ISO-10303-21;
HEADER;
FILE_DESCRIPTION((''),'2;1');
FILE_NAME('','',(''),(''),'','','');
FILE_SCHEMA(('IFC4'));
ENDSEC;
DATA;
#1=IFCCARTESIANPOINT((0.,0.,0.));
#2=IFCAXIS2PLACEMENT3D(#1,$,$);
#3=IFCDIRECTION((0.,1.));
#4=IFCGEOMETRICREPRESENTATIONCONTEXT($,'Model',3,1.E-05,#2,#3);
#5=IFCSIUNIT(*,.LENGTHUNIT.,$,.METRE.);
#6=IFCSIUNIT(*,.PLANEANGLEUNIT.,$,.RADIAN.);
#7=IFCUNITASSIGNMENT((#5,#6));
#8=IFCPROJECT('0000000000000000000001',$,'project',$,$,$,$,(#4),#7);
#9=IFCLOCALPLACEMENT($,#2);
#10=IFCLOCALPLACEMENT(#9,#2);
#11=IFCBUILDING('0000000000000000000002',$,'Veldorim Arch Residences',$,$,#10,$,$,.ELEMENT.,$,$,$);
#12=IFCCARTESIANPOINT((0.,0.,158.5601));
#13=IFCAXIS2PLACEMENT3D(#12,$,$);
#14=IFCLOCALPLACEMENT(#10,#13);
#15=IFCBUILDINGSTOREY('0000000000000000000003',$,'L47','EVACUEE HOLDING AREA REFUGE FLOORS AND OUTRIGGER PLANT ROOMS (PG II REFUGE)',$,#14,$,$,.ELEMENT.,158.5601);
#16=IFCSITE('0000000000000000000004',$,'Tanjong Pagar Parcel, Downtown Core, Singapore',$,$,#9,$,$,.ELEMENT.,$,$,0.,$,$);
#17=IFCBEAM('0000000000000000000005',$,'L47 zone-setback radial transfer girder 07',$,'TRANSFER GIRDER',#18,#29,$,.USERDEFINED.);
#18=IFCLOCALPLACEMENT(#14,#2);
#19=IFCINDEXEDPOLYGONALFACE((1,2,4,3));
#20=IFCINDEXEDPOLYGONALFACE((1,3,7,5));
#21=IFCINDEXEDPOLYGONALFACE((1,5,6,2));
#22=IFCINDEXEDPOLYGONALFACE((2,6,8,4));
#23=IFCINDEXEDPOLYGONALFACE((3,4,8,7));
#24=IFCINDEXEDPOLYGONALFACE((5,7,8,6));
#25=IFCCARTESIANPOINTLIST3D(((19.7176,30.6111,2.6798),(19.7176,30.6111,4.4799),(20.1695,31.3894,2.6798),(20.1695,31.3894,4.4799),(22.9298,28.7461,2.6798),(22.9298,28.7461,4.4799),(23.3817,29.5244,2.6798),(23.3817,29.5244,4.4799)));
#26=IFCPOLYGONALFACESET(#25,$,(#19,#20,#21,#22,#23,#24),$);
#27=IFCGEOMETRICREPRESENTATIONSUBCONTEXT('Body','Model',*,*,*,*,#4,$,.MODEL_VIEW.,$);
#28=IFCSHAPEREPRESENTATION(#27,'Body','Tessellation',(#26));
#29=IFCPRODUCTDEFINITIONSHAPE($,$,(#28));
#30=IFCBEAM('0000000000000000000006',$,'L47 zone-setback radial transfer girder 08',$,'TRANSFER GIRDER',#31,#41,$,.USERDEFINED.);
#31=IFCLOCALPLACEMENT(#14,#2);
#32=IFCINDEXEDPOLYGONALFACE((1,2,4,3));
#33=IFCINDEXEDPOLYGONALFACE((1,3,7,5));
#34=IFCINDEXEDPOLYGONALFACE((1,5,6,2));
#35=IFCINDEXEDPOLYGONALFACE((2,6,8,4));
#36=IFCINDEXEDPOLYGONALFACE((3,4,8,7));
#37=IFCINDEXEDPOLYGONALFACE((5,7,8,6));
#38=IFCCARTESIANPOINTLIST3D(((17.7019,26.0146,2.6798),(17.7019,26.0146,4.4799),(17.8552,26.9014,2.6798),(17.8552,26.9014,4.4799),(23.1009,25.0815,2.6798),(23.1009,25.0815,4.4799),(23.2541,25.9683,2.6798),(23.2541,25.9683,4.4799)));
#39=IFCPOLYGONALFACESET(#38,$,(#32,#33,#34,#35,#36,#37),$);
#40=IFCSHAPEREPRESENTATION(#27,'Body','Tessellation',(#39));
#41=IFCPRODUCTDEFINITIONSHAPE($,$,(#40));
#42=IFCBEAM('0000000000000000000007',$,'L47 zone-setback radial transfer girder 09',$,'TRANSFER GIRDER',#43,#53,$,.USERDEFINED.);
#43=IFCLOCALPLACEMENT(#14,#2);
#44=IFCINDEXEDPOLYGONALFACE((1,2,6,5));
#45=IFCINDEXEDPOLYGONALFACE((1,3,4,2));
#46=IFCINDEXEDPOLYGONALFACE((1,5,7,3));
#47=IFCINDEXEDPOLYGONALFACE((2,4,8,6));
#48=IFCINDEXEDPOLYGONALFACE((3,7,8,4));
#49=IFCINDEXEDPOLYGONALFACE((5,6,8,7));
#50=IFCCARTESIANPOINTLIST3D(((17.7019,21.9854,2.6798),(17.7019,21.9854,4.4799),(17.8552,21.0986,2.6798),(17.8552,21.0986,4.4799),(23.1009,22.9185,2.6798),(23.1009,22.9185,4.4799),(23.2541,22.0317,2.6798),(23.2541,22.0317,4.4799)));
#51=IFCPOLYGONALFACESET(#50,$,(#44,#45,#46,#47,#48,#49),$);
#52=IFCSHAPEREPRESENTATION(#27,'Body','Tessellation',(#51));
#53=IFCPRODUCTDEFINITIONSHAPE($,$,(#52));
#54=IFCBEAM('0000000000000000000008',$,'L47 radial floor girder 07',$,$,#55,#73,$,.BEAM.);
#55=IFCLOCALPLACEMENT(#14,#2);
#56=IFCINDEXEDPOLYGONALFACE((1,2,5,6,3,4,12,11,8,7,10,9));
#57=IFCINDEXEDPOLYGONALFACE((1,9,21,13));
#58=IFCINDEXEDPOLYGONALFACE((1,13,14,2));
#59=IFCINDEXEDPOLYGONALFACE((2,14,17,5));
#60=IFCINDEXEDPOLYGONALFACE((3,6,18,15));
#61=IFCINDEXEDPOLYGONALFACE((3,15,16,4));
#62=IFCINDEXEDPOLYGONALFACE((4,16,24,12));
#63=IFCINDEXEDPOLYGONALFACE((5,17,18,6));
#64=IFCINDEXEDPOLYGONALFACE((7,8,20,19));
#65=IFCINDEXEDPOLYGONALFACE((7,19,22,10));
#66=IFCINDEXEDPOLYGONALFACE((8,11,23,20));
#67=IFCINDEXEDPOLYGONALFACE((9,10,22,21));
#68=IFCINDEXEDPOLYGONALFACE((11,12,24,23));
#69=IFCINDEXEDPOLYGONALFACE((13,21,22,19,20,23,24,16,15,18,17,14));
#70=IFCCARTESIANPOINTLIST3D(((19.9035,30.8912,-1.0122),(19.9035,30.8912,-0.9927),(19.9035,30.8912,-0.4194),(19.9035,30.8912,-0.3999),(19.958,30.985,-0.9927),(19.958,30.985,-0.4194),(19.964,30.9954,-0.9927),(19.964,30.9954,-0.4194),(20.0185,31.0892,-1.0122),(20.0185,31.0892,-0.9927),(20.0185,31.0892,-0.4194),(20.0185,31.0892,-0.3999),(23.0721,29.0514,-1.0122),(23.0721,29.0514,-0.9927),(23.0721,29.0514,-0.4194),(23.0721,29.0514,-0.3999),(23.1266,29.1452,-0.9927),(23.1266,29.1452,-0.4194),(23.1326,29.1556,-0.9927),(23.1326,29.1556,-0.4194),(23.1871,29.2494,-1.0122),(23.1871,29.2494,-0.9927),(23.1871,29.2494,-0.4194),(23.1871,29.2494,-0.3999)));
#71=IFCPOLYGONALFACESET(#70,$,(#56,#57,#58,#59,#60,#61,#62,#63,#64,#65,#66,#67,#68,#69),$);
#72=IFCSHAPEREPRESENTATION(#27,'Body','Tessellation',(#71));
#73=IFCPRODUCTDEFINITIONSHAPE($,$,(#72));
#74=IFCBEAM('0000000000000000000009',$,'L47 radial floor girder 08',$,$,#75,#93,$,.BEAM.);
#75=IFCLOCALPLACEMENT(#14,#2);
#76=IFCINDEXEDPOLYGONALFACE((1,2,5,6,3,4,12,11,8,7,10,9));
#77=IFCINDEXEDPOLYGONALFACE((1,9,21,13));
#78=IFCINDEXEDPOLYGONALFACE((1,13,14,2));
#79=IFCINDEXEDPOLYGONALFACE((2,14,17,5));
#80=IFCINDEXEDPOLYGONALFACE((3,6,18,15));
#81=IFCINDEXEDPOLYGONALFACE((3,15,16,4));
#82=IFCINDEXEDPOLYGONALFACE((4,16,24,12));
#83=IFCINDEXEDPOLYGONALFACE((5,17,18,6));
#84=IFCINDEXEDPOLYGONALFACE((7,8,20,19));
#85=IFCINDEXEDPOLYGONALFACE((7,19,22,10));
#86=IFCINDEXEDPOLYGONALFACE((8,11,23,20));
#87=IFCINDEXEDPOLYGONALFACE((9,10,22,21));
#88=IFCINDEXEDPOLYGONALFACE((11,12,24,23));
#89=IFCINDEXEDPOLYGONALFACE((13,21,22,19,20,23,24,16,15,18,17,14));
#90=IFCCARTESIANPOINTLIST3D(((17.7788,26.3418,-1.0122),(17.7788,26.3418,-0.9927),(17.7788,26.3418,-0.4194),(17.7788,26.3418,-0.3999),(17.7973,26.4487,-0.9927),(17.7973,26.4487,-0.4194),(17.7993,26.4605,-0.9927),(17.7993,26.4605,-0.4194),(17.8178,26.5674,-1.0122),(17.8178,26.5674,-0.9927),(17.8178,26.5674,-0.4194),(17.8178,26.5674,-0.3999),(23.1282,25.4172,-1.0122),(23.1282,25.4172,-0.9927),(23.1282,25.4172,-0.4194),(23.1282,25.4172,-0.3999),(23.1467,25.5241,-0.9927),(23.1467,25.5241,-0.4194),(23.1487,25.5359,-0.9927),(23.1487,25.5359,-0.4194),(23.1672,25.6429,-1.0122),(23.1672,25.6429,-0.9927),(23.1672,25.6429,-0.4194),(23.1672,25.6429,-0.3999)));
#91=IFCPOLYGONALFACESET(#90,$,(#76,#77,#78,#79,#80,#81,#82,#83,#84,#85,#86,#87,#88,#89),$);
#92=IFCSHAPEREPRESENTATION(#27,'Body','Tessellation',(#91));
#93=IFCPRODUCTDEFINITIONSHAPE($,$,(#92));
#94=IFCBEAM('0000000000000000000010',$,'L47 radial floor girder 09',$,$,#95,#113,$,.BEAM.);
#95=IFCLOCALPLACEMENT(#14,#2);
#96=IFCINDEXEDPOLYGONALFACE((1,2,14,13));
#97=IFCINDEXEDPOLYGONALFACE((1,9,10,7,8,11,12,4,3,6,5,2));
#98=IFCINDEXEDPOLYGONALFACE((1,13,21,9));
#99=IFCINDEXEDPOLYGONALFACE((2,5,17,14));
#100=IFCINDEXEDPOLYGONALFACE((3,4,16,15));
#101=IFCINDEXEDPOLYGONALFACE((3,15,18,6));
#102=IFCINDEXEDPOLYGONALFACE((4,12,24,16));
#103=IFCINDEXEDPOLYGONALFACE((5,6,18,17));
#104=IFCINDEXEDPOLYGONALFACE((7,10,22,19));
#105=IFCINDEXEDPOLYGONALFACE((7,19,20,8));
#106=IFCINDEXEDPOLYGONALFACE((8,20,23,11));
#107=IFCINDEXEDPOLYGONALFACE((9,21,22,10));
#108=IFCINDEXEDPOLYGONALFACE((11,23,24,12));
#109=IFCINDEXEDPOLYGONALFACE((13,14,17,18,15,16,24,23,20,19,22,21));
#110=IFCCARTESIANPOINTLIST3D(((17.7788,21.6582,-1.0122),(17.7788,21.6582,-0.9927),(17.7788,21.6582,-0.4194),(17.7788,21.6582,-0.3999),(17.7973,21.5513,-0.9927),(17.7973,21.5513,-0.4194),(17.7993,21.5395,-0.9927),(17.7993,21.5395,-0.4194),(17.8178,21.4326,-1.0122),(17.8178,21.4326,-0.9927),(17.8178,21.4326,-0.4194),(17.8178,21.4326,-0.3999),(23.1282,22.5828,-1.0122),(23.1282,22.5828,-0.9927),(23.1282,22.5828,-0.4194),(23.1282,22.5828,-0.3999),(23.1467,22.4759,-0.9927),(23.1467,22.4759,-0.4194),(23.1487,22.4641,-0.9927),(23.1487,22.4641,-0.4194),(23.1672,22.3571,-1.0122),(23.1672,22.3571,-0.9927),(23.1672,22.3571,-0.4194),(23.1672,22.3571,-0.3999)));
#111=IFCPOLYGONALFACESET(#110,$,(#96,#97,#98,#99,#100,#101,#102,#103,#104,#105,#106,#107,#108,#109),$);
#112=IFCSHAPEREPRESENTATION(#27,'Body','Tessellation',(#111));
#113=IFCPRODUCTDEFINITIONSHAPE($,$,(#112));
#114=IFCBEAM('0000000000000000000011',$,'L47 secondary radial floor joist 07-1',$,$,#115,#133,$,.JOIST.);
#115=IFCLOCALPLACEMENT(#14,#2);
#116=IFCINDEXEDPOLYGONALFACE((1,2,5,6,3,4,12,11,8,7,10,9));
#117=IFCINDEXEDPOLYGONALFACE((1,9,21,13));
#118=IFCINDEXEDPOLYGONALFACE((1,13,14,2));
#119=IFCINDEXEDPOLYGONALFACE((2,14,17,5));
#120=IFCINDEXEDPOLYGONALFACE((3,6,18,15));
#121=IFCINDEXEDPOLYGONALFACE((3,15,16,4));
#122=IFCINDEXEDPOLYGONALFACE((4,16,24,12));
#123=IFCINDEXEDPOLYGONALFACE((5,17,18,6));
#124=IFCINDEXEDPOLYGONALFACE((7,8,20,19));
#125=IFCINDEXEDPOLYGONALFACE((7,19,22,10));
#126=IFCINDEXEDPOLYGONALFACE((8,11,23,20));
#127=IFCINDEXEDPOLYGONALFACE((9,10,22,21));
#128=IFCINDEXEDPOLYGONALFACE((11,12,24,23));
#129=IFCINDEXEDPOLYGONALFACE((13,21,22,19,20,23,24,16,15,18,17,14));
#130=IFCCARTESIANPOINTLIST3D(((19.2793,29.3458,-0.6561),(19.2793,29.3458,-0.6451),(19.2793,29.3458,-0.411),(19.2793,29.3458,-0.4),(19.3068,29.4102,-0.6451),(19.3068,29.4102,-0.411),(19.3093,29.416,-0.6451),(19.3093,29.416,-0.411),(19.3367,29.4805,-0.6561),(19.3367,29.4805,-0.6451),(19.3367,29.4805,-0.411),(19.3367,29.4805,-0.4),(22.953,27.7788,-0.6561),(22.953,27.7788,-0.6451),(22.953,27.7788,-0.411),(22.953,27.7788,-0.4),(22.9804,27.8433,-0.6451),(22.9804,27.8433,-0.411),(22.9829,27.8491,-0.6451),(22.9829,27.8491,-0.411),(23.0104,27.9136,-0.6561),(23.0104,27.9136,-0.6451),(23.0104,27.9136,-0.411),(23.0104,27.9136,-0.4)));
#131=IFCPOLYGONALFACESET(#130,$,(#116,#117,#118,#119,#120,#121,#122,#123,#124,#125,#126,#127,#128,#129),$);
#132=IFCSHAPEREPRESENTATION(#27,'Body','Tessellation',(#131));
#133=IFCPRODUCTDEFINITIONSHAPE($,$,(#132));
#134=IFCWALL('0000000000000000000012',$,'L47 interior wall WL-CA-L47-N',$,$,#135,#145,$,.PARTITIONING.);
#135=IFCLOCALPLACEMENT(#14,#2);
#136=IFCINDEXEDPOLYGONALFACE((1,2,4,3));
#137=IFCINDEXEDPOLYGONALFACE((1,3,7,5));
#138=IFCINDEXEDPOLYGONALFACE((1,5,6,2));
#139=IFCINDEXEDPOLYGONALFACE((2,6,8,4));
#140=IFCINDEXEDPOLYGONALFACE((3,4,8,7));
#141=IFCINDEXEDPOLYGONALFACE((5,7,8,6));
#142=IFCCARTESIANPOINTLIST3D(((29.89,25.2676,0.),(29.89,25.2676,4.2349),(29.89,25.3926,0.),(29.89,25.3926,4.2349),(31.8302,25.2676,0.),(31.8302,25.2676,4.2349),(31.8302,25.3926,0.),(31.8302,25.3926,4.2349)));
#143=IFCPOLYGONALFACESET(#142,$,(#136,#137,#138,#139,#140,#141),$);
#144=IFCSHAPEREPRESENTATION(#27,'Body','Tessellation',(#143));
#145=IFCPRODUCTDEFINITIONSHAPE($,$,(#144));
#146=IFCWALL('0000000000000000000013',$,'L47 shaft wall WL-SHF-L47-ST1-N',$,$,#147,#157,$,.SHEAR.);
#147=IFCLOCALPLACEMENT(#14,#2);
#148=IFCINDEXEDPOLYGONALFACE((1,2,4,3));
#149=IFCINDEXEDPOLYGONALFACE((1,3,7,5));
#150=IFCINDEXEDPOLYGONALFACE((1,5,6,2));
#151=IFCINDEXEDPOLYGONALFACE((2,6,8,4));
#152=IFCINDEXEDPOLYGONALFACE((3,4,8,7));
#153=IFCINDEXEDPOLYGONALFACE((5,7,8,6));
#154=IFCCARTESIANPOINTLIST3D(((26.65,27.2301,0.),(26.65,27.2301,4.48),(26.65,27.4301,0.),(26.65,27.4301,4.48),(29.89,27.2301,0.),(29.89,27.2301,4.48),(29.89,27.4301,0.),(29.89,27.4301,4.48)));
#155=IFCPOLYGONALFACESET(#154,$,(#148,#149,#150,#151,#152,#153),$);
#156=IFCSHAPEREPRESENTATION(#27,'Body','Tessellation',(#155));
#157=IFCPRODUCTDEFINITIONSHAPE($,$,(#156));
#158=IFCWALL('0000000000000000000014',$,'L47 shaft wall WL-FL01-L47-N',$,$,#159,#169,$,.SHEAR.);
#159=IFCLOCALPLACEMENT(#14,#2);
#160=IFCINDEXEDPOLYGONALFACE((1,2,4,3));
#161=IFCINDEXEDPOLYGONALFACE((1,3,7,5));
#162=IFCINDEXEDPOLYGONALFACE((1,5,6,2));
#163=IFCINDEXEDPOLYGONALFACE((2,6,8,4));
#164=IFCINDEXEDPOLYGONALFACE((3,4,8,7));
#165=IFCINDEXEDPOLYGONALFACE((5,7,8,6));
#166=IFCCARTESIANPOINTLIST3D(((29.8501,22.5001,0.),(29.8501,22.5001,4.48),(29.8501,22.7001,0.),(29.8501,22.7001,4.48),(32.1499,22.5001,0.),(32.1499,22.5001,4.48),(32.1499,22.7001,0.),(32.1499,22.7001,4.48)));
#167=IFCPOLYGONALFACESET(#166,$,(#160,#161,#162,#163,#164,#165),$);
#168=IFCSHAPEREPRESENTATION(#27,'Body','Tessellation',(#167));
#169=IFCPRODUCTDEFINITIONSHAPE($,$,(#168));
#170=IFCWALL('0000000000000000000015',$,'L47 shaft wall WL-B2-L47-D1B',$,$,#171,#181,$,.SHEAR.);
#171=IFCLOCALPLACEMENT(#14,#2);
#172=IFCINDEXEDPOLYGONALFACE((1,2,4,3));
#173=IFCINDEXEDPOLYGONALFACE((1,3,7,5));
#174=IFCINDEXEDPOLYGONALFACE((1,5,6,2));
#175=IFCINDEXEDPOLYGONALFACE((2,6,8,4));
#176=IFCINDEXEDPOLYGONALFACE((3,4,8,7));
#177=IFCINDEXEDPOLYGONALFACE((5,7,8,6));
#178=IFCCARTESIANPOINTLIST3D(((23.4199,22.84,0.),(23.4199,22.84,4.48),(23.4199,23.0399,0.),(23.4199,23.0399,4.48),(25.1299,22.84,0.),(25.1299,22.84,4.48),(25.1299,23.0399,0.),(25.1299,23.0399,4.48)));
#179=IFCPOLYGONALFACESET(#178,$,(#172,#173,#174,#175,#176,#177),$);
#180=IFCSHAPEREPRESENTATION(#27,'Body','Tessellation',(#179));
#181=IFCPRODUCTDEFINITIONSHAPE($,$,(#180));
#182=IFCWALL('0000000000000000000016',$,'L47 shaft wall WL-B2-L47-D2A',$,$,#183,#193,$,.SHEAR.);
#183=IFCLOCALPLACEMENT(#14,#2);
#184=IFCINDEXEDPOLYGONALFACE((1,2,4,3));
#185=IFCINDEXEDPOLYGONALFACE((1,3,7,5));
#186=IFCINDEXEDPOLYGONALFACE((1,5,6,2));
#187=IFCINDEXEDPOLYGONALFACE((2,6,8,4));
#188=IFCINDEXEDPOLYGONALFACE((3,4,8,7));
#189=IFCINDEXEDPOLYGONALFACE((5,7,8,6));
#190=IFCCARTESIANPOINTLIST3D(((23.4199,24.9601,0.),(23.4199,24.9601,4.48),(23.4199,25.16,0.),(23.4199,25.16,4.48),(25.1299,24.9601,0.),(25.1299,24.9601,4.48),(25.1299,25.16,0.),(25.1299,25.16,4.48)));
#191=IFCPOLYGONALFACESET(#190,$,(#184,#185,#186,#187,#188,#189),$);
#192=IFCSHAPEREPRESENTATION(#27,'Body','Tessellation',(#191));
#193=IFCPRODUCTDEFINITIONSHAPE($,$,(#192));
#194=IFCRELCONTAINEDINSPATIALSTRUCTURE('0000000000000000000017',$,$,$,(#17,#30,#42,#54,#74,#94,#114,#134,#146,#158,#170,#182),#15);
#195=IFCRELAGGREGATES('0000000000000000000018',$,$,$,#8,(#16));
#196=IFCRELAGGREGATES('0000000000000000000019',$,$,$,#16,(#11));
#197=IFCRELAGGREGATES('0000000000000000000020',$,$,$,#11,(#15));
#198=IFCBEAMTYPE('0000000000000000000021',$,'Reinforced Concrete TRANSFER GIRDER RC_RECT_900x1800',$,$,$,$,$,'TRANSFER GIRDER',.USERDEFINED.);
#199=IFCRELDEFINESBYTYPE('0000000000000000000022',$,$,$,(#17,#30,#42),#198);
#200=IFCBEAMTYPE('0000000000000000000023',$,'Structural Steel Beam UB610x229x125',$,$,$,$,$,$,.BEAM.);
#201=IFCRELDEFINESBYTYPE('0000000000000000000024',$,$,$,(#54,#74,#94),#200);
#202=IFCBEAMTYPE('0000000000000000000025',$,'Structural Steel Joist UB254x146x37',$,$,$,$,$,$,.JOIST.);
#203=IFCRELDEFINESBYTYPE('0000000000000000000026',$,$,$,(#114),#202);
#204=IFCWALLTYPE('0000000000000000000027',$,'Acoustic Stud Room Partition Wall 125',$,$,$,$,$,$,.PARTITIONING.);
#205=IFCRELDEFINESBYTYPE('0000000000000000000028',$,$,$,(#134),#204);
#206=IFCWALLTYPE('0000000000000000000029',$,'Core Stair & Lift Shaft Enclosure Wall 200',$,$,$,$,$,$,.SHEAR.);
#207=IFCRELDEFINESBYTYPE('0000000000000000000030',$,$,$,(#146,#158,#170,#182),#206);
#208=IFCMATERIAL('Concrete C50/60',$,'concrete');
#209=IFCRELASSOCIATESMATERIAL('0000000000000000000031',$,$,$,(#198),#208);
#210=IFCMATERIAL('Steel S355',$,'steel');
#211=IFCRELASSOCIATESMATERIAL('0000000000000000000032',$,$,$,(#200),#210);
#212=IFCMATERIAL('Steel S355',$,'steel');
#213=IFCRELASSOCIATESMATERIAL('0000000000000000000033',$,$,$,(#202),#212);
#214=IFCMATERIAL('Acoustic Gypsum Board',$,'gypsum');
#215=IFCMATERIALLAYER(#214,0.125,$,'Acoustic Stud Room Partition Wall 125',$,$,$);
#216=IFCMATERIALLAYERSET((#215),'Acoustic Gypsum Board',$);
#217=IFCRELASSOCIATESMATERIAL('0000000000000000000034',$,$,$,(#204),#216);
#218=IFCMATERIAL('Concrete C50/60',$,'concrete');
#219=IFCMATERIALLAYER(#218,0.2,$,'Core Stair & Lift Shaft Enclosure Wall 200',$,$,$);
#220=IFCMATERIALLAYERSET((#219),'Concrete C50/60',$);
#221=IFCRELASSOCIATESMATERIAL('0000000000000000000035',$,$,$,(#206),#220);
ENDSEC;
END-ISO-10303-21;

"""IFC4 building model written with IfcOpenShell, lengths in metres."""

from ifc_helpers import new_model, si_unit, direction, frame, frame_2d, origin, origin_2d, place, context, subcontext, project, spatial, rectangle, i_section, extrude, material, layer, layer_set, material_profile, profile_set, type_object, element, save


model = new_model("IFC4")

# Units and contexts
model_context = context("Model", 3, precision=1e-05, world=origin(), true_north=direction((0.0, 1.0)))
body_context = subcontext(model_context, "Body", "Model", "MODEL_VIEW")
ifc_project = project(units=[si_unit("LENGTHUNIT", "METRE"), si_unit("PLANEANGLEUNIT", "RADIAN")], contexts=[model_context])

# Site, building, storey
site_placement = place(None, origin())
site = spatial("IfcSite", under=ifc_project, at=site_placement, Name="Tanjong Pagar Parcel, Downtown Core, Singapore", CompositionType="ELEMENT", RefElevation=0.0)
building_placement = place(site_placement, origin())
building = spatial("IfcBuilding", under=site, at=building_placement, Name="Veldorim Arch Residences", CompositionType="ELEMENT")
storey_placement = place(building_placement, frame((0.0, 0.0, 158.5601)))
storey = spatial("IfcBuildingStorey", under=building, at=storey_placement, Name="L47", Description="EVACUEE HOLDING AREA REFUGE FLOORS AND OUTRIGGER PLANT ROOMS (PG II REFUGE)", CompositionType="ELEMENT", Elevation=158.5601)

# Beams
ifc_material_1 = material(Name="Concrete C50/60", Category="concrete")
ifc_material_profile_1 = material_profile(ifc_material_1, rectangle(XDim=0.8999, YDim=1.8, at=origin_2d()), Name="RC_RECT_900x1800")
ifc_profile_set_1 = profile_set([ifc_material_profile_1], Name="Concrete C50/60")
beam_type_1 = type_object("IfcBeamType", Name="Reinforced Concrete TRANSFER GIRDER RC_RECT_900x1800", ElementType="TRANSFER GIRDER", PredefinedType="USERDEFINED", material=ifc_profile_set_1)
beam_1_placement = place(storey_placement, frame((23.1558, 29.1353, 3.5798), z_axis=(-0.864805, 0.502109, 0.0), x_axis=(-0.502109, -0.864805, 0.0)))
element("IfcBeam", 1, at=beam_1_placement, inside=storey, type_object=beam_type_1, Name="L47 zone-setback radial transfer girder 07", ObjectType="TRANSFER GIRDER", PredefinedType="USERDEFINED", context=body_context, shape_type="SweptSolid", body=[
    extrude(rectangle(XDim=0.8999, YDim=1.8, at=origin_2d()), origin(), (0.0, 0.0, 1.0), 3.7144),
])
for number, where, z_axis, x_axis, name in (
    (2, (23.1775, 25.5249, 3.5798), (-0.985391, 0.170307, 0.0), (-0.170307, -0.985391, 0.0), "L47 zone-setback radial transfer girder 08"),
    (3, (23.1775, 22.4751, 3.5798), (-0.985391, -0.170307, 0.0), (0.170307, -0.985391, 0.0), "L47 zone-setback radial transfer girder 09"),
):
    element("IfcBeam", number, at=place(storey_placement, frame(where, z_axis=z_axis, x_axis=x_axis)), inside=storey, type_object=beam_type_1, Name=name, ObjectType="TRANSFER GIRDER", PredefinedType="USERDEFINED", context=body_context, shape_type="SweptSolid", body=[
        extrude(rectangle(XDim=0.8999, YDim=1.8, at=origin_2d()), origin(), (0.0, 0.0, 1.0), 5.479),
    ])
ifc_material_2 = material(Name="Steel S355", Category="steel")
ifc_material_profile_2 = material_profile(ifc_material_2, i_section(OverallWidth=0.229, OverallDepth=0.6123, WebThickness=0.012, FlangeThickness=0.0195, at=origin_2d()), Name="UB610x229x125")
ifc_profile_set_2 = profile_set([ifc_material_profile_2], Name="Steel S355")
beam_type_2 = type_object("IfcBeamType", Name="Structural Steel Beam UB610x229x125", PredefinedType="BEAM", material=ifc_profile_set_2)
beam_2_placement = place(storey_placement, frame((23.1296, 29.1504, -0.7061), z_axis=(-0.864795, 0.502126, 0.0), x_axis=(-0.502126, -0.864795, 0.0)))
element("IfcBeam", 4, at=beam_2_placement, inside=storey, type_object=beam_type_2, Name="L47 radial floor girder 07", PredefinedType="BEAM", context=body_context, shape_type="SweptSolid", body=[
    extrude(i_section(OverallWidth=0.229, OverallDepth=0.6123, WebThickness=0.012, FlangeThickness=0.0195, at=origin_2d()), origin(), (0.0, 0.0, 1.0), 3.6641),
])
for number, where, z_axis, x_axis, name in (
    (5, (23.1477, 25.53, -0.7061), (-0.98539, 0.170311, 0.0), (-0.170311, -0.98539, 0.0), "L47 radial floor girder 08"),
    (6, (23.1477, 22.47, -0.7061), (-0.98539, -0.170311, 0.0), (0.170311, -0.98539, 0.0), "L47 radial floor girder 09"),
):
    element("IfcBeam", number, at=place(storey_placement, frame(where, z_axis=z_axis, x_axis=x_axis)), inside=storey, type_object=beam_type_2, Name=name, PredefinedType="BEAM", context=body_context, shape_type="SweptSolid", body=[
        extrude(i_section(OverallWidth=0.229, OverallDepth=0.6123, WebThickness=0.012, FlangeThickness=0.0195, at=origin_2d()), origin(), (0.0, 0.0, 1.0), 5.4287),
    ])
ifc_material_3 = material(Name="Steel S355", Category="steel")
ifc_material_profile_3 = material_profile(ifc_material_3, i_section(OverallWidth=0.1465, OverallDepth=0.2561, WebThickness=0.0063, FlangeThickness=0.011, at=origin_2d()), Name="UB254x146x37")
ifc_profile_set_3 = profile_set([ifc_material_profile_3], Name="Steel S355")
beam_type_3 = type_object("IfcBeamType", Name="Structural Steel Joist UB254x146x37", PredefinedType="JOIST", material=ifc_profile_set_3)
beam_3_placement = place(storey_placement, frame((22.9817, 27.8462, -0.5281), z_axis=(-0.919823, 0.392332, 0.0), x_axis=(-0.392332, -0.919823, 0.0)))
element("IfcBeam", 7, at=beam_3_placement, inside=storey, type_object=beam_type_3, Name="L47 secondary radial floor joist 07-1", PredefinedType="JOIST", context=body_context, shape_type="SweptSolid", body=[
    extrude(i_section(OverallWidth=0.1465, OverallDepth=0.2561, WebThickness=0.0063, FlangeThickness=0.011, at=origin_2d()), origin(), (0.0, 0.0, 1.0), 3.9939),
])

# Walls
ifc_material_4 = material(Name="Acoustic Gypsum Board", Category="gypsum")
ifc_layer_1 = layer(ifc_material_4, 0.125, Name="Acoustic Stud Room Partition Wall 125")
ifc_layer_set_1 = layer_set([ifc_layer_1], Name="Acoustic Gypsum Board")
wall_type_1 = type_object("IfcWallType", Name="Acoustic Stud Room Partition Wall 125", PredefinedType="PARTITIONING", material=ifc_layer_set_1)
wall_1_placement = place(storey_placement, frame((29.8899, 25.3301, 0.0), z_axis=(0.0, 0.0, 1.0), x_axis=(1.0, 0.0, 0.0)))
element("IfcWall", 8, at=wall_1_placement, inside=storey, type_object=wall_type_1, Name="L47 interior wall WL-CA-L47-N", PredefinedType="PARTITIONING", context=body_context, shape_type="SweptSolid", body=[
    extrude(rectangle(XDim=1.9402, YDim=0.125, at=frame_2d((0.9702, 0.0))), origin(), (0.0, 0.0, 1.0), 4.2349),
])
ifc_material_5 = material(Name="Concrete C50/60", Category="concrete")
ifc_layer_2 = layer(ifc_material_5, 0.2, Name="Core Stair & Lift Shaft Enclosure Wall 200")
ifc_layer_set_2 = layer_set([ifc_layer_2], Name="Concrete C50/60")
wall_type_2 = type_object("IfcWallType", Name="Core Stair & Lift Shaft Enclosure Wall 200", PredefinedType="SHEAR", material=ifc_layer_set_2)
wall_2_placement = place(storey_placement, frame((26.6499, 27.3301, 0.0), z_axis=(0.0, 0.0, 1.0), x_axis=(1.0, 0.0, 0.0)))
element("IfcWall", 9, at=wall_2_placement, inside=storey, type_object=wall_type_2, Name="L47 shaft wall WL-SHF-L47-ST1-N", PredefinedType="SHEAR", context=body_context, shape_type="SweptSolid", body=[
    extrude(rectangle(XDim=3.24, YDim=0.2, at=frame_2d((1.6201, 0.0))), origin(), (0.0, 0.0, 1.0), 4.48),
])
wall_3_placement = place(storey_placement, frame((29.8501, 22.6001, 0.0), z_axis=(0.0, 0.0, 1.0), x_axis=(1.0, 0.0, 0.0)))
element("IfcWall", 10, at=wall_3_placement, inside=storey, type_object=wall_type_2, Name="L47 shaft wall WL-FL01-L47-N", PredefinedType="SHEAR", context=body_context, shape_type="SweptSolid", body=[
    extrude(rectangle(XDim=2.2998, YDim=0.2, at=frame_2d((1.1499, 0.0))), origin(), (0.0, 0.0, 1.0), 4.48),
])
for number, where, z_axis, x_axis, name in (
    (11, (23.4199, 22.9399, 0.0), (0.0, 0.0, 1.0), (1.0, 0.0, 0.0), "L47 shaft wall WL-B2-L47-D1B"),
    (12, (23.4199, 25.0601, 0.0), (0.0, 0.0, 1.0), (1.0, 0.0, 0.0), "L47 shaft wall WL-B2-L47-D2A"),
):
    element("IfcWall", number, at=place(storey_placement, frame(where, z_axis=z_axis, x_axis=x_axis)), inside=storey, type_object=wall_type_2, Name=name, PredefinedType="SHEAR", context=body_context, shape_type="SweptSolid", body=[
        extrude(rectangle(XDim=1.71, YDim=0.2, at=frame_2d((0.855, 0.0))), origin(), (0.0, 0.0, 1.0), 4.48),
    ])

save(model, "model.ifc")
